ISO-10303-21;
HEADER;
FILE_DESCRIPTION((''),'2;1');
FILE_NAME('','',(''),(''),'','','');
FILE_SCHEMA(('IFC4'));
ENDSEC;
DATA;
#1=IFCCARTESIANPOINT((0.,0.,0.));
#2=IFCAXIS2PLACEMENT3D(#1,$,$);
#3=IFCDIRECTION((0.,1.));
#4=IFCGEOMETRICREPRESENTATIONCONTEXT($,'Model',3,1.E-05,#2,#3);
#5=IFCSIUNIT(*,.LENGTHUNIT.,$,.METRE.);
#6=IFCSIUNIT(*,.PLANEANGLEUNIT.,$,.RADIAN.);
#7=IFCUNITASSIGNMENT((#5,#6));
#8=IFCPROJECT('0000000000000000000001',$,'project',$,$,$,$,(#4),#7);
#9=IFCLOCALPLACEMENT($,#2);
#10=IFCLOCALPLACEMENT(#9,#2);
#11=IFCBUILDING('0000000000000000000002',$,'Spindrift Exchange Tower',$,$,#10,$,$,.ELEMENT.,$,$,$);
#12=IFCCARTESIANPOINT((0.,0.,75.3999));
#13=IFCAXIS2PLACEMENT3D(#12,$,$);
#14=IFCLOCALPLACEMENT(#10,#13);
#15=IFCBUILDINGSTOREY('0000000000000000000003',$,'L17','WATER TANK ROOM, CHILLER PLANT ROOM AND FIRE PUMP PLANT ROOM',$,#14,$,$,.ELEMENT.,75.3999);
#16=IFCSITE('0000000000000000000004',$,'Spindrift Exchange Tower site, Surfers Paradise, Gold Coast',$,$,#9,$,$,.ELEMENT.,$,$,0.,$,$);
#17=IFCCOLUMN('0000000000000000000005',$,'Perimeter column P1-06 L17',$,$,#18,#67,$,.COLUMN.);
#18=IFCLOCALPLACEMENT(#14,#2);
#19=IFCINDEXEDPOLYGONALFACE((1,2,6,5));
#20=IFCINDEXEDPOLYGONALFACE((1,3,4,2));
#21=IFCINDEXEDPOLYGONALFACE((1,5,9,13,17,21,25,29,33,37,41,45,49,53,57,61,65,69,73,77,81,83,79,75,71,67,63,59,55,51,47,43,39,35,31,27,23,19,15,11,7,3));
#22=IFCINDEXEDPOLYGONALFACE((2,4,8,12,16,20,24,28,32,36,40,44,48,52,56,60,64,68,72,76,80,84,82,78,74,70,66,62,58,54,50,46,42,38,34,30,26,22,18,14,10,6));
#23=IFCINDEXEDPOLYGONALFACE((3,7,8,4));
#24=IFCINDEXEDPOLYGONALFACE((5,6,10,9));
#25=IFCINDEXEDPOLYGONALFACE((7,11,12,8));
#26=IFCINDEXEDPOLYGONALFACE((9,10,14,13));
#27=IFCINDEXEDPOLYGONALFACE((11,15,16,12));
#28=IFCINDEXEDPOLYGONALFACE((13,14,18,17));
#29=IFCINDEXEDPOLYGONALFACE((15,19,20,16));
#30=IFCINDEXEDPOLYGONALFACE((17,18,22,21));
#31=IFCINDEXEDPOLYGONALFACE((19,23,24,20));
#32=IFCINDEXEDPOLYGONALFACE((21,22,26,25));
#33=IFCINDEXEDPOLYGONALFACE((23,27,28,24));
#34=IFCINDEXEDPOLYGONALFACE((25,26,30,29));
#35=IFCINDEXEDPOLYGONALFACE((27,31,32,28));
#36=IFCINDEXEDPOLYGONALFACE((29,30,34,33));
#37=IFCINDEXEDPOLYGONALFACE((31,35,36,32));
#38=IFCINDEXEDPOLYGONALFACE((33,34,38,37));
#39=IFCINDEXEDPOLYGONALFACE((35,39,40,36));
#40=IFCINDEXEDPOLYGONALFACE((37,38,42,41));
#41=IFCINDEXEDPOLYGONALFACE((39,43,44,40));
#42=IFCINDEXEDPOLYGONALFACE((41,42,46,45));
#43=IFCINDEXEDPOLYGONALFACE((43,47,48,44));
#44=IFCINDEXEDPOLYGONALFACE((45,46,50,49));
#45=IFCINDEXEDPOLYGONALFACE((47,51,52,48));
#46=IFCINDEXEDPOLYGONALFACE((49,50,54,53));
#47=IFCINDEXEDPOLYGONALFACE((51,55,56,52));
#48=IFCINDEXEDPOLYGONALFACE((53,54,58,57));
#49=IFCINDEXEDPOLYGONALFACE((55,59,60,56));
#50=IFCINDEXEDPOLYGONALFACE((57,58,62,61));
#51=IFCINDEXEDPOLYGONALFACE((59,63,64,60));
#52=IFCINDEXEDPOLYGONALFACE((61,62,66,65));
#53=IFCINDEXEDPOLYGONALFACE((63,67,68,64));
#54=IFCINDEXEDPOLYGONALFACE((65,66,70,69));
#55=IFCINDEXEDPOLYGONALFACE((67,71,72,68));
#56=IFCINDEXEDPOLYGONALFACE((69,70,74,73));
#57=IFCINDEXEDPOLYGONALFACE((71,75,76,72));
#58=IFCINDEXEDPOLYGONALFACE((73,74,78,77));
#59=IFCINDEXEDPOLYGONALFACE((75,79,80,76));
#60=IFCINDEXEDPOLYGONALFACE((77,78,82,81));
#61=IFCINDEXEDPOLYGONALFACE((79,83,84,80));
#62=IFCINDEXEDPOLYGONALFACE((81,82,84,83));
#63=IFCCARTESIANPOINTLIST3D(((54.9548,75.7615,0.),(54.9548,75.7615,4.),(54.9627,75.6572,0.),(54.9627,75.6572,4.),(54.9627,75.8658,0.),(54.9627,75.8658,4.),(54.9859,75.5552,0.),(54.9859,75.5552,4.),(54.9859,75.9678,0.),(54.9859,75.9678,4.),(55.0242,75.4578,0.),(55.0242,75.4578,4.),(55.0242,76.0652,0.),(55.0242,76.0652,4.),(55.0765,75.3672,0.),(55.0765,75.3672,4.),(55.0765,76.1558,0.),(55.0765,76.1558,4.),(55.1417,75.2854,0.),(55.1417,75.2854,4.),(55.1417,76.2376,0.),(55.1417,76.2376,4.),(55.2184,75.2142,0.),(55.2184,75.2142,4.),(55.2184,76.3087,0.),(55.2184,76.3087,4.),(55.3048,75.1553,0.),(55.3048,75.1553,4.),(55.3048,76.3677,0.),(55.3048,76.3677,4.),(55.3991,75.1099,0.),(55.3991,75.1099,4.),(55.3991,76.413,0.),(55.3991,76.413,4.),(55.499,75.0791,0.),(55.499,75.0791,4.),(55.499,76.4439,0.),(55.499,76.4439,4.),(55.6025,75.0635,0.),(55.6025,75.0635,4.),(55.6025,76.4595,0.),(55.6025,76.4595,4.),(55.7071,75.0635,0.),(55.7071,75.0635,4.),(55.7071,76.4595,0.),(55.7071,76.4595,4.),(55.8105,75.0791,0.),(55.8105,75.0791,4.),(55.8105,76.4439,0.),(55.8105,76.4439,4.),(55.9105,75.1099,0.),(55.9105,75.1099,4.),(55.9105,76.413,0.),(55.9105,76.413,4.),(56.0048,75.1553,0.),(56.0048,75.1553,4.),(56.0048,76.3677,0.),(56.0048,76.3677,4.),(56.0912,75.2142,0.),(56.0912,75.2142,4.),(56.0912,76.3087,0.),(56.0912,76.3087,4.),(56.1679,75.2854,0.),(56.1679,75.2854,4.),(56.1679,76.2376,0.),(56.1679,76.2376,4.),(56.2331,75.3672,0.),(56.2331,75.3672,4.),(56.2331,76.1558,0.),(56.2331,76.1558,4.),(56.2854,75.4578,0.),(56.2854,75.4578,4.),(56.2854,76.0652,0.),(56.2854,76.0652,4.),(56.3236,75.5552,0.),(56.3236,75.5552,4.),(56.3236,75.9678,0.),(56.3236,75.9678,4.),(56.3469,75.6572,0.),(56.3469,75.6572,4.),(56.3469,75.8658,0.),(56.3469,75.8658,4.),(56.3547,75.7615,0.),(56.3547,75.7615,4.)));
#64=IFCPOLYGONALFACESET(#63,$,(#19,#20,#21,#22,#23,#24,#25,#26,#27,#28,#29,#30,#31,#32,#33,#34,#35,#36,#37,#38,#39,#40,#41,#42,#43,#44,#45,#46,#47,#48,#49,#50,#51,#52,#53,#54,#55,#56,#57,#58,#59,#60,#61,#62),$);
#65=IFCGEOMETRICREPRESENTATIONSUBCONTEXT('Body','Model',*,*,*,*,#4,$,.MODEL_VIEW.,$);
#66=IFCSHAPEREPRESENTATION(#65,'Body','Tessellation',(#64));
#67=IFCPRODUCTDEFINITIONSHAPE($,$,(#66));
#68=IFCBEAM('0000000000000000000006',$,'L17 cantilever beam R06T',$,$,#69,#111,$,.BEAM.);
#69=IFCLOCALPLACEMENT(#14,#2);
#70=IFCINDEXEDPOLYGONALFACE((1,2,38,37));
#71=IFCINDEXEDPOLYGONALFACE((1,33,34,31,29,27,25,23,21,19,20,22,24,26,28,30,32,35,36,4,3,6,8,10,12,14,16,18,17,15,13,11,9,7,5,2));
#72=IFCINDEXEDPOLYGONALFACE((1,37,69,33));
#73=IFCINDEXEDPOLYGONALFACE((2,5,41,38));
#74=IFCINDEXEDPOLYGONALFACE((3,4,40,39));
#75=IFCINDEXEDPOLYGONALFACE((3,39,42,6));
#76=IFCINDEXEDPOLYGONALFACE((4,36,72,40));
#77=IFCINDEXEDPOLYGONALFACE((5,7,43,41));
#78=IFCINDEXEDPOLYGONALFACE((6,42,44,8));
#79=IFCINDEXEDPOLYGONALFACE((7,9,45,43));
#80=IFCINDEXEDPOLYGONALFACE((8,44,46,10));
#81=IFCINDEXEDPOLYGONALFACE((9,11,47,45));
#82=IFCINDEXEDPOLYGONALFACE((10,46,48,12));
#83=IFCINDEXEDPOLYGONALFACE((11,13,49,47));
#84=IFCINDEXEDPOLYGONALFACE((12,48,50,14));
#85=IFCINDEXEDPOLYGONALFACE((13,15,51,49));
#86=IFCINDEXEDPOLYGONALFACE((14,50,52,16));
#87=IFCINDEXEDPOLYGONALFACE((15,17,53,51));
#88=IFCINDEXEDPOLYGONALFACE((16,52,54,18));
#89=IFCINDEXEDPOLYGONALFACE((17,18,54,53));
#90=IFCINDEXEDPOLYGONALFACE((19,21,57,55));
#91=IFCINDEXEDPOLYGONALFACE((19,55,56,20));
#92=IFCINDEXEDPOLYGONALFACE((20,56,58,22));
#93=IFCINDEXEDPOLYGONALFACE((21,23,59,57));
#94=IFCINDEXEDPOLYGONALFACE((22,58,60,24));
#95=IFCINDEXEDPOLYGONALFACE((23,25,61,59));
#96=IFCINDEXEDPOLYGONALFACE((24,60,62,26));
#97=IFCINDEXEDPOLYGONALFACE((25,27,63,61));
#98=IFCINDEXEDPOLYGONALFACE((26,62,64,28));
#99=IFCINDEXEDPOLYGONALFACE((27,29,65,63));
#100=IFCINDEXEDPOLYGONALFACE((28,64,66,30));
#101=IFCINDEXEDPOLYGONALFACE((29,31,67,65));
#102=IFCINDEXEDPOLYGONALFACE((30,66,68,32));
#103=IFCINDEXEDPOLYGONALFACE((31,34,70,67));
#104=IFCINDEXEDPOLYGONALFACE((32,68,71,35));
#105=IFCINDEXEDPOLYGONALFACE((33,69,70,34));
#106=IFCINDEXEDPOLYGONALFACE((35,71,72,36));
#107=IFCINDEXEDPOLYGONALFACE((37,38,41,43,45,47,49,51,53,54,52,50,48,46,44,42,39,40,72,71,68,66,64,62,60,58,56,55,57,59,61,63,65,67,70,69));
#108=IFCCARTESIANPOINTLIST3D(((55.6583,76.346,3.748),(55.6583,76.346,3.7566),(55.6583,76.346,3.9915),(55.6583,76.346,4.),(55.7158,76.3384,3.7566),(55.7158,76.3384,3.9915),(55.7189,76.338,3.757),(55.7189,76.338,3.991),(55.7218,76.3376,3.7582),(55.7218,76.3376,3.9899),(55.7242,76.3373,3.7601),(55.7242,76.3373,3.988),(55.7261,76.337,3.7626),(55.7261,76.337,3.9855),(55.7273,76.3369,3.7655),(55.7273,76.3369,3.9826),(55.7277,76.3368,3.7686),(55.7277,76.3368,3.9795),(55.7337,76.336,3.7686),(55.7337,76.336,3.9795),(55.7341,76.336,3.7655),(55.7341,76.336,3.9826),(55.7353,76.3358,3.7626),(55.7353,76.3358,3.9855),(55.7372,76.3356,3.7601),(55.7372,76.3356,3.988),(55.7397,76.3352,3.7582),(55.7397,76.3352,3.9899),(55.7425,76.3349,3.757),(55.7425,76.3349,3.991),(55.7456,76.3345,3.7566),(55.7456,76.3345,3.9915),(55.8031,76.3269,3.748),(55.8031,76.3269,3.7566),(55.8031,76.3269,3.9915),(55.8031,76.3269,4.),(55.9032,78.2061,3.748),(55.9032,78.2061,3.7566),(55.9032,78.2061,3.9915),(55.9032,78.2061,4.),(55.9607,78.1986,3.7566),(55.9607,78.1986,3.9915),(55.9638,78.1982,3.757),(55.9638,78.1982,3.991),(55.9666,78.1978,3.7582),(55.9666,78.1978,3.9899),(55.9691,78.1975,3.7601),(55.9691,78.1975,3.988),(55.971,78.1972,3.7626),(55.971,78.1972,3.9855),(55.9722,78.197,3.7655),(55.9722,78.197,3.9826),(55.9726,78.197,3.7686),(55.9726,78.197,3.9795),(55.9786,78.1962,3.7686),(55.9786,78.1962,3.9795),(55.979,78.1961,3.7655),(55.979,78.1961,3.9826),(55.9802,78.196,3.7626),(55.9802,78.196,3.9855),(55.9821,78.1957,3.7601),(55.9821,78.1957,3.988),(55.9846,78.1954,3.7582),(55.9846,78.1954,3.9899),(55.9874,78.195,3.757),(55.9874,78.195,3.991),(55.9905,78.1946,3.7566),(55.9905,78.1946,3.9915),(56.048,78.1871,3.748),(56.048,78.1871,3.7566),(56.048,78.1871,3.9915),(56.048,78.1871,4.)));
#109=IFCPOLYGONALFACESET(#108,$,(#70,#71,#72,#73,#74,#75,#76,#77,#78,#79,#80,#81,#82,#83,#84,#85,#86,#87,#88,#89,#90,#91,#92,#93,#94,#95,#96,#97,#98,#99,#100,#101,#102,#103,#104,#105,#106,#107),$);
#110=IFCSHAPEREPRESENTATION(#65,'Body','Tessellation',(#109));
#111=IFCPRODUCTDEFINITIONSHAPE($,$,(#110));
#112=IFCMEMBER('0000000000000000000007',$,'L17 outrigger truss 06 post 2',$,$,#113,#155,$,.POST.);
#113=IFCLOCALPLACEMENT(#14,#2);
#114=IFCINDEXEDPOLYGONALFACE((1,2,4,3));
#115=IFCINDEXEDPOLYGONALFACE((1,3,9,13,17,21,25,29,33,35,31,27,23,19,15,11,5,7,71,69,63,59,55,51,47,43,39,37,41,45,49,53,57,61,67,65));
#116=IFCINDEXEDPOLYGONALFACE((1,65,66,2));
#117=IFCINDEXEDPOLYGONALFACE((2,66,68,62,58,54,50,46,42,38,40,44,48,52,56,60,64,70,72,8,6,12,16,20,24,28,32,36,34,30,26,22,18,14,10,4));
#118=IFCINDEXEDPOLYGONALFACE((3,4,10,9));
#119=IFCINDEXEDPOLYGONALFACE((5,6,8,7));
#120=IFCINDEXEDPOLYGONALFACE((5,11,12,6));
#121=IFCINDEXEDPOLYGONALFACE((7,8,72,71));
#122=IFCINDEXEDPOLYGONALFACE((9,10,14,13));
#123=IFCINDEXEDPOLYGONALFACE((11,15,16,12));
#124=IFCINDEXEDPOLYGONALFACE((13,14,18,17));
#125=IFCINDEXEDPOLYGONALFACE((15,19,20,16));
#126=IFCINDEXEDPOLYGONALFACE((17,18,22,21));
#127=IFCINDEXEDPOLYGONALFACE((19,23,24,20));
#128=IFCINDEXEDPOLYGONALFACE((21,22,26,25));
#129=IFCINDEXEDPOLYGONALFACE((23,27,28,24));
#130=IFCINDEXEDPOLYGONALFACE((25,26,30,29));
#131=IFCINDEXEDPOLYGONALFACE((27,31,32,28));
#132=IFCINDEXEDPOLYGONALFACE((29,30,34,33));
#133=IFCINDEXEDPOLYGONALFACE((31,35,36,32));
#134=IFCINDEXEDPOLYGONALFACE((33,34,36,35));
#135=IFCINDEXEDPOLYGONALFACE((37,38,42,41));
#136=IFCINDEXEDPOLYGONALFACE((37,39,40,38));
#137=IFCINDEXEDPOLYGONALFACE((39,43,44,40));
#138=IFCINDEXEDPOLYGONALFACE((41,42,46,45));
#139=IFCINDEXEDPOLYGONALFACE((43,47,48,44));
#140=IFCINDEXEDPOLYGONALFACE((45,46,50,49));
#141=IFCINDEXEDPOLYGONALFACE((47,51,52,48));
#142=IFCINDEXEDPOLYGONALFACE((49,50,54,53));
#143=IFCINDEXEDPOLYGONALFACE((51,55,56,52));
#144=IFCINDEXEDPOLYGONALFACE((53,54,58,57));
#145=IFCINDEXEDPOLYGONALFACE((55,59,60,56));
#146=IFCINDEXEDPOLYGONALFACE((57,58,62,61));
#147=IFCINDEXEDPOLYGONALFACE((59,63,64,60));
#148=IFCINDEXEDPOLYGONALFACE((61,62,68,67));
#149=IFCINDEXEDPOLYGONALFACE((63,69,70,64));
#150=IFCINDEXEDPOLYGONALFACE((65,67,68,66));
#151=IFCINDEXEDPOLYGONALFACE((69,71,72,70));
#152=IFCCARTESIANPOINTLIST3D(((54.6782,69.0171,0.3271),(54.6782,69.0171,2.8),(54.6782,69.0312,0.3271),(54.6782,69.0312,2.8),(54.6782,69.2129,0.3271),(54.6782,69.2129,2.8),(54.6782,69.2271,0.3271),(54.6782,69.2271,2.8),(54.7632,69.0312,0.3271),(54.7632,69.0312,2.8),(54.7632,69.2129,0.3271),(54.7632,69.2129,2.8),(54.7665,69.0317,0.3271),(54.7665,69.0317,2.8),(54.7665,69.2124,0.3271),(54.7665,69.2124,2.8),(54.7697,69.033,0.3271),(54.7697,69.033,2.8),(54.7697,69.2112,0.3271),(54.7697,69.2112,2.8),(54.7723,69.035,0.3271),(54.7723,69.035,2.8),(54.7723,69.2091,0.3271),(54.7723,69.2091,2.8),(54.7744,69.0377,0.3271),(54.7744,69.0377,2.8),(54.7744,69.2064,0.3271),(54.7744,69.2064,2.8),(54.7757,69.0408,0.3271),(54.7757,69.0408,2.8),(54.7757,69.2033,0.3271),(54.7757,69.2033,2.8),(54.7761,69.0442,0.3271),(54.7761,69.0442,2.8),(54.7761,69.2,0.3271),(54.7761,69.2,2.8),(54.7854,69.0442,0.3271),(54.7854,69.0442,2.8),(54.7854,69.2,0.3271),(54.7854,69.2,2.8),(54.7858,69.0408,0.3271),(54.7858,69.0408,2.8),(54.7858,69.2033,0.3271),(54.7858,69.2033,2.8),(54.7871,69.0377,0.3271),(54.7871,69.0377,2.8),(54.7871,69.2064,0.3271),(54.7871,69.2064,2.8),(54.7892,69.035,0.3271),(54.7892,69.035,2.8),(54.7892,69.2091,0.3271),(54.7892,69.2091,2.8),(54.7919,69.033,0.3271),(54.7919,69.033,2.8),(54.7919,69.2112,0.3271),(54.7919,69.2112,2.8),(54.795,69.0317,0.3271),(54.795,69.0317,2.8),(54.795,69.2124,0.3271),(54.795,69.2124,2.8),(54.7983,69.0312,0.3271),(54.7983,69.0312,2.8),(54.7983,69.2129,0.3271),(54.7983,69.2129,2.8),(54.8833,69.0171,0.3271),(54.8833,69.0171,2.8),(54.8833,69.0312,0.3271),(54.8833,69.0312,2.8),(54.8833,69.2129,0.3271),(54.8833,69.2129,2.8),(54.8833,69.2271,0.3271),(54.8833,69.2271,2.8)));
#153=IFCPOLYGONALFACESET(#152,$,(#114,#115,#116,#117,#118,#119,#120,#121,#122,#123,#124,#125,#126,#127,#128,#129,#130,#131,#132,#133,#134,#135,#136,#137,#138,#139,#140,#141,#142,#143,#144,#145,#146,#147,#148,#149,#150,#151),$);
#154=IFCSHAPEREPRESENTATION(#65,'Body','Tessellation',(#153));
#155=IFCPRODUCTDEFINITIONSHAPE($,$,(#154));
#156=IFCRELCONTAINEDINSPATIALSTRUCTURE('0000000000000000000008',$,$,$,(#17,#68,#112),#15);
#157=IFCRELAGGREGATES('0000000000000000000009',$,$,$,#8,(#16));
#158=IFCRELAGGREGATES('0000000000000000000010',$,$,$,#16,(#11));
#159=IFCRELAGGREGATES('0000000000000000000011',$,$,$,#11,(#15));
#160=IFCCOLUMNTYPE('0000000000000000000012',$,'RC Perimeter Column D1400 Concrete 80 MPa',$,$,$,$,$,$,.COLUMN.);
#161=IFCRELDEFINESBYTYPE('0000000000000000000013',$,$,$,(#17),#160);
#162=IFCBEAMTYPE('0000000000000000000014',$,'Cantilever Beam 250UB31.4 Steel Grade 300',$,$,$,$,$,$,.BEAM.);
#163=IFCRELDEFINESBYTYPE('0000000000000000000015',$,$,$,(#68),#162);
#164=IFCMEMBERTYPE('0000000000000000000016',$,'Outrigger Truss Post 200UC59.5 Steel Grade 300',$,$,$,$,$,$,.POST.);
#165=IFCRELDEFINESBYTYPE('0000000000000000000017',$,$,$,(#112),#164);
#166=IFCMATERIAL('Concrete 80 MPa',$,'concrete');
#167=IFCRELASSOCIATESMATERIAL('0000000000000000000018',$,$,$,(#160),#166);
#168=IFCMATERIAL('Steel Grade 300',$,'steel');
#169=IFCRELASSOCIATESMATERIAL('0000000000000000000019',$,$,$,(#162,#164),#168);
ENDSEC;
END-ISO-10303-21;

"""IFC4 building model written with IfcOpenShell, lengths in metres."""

from ifc_helpers import new_model, si_unit, direction, frame, origin, origin_2d, place, context, subcontext, project, spatial, circle, i_section, extrude, source, transform, mapped, material, material_profile, profile_set, type_object, element, save


model = new_model("IFC4")

# Units and contexts
model_context = context("Model", 3, precision=1e-05, world=origin(), true_north=direction((0.0, 1.0)))
body_context = subcontext(model_context, "Body", "Model", "MODEL_VIEW")
ifc_project = project(units=[si_unit("LENGTHUNIT", "METRE"), si_unit("PLANEANGLEUNIT", "RADIAN")], contexts=[model_context])

# Site, building, storey
site_placement = place(None, origin())
site = spatial("IfcSite", under=ifc_project, at=site_placement, Name="Spindrift Exchange Tower site, Surfers Paradise, Gold Coast", CompositionType="ELEMENT", RefElevation=0.0)
building_placement = place(site_placement, origin())
building = spatial("IfcBuilding", under=site, at=building_placement, Name="Spindrift Exchange Tower", CompositionType="ELEMENT")
storey_placement = place(building_placement, frame((0.0, 0.0, 75.3999)))
storey = spatial("IfcBuildingStorey", under=building, at=storey_placement, Name="L17", Description="WATER TANK ROOM, CHILLER PLANT ROOM AND FIRE PUMP PLANT ROOM", CompositionType="ELEMENT", Elevation=75.3999)

# Column
ifc_material_1 = material(Name="Concrete 80 MPa", Category="concrete")
ifc_material_profile_1 = material_profile(ifc_material_1, circle(Radius=0.7, at=origin_2d()), Name="RC D1400")
ifc_profile_set_1 = profile_set([ifc_material_profile_1], Name="Concrete 80 MPa")
column_type = type_object("IfcColumnType", Name="RC Perimeter Column D1400 Concrete 80 MPa", PredefinedType="COLUMN", material=ifc_profile_set_1)
shared_shape_1 = source(origin(), body_context, "Body", "SweptSolid", [
    extrude(circle(Radius=0.7, at=origin_2d()), origin(), (0.0, 0.0, 1.0), 4.0),
])
column_placement = place(storey_placement, frame((55.6548, 75.7615, 0.0), z_axis=(0.0, 0.0, 1.0), x_axis=(1.0, 0.0, 0.0)))
element("IfcColumn", 1, at=column_placement, inside=storey, type_object=column_type, Name="Perimeter column P1-06 L17", PredefinedType="COLUMN", context=body_context, shape_type="MappedRepresentation", body=[
    mapped(shared_shape_1, transform((0.0, 0.0, 0.0), scale=1.0)),
])

# Beam
ifc_material_2 = material(Name="Steel Grade 300", Category="steel")
ifc_material_profile_2 = material_profile(ifc_material_2, i_section(OverallWidth=0.146, OverallDepth=0.252, WebThickness=0.0061, FlangeThickness=0.0085, FilletRadius=0.012, at=origin_2d()), Name="250UB31.4")
ifc_profile_set_2 = profile_set([ifc_material_profile_2], Name="Steel Grade 300")
beam_type_1 = type_object("IfcBeamType", Name="Cantilever Beam 250UB31.4 Steel Grade 300", PredefinedType="BEAM", material=ifc_profile_set_2)
shared_shape_2 = source(origin(), body_context, "Body", "SweptSolid", [
    extrude(i_section(OverallWidth=0.146, OverallDepth=0.252, WebThickness=0.0061, FlangeThickness=0.0085, FilletRadius=0.012, at=origin_2d()), origin(), (0.0, 0.0, 1.0), 1.8762),
])
beam_1_placement = place(storey_placement, frame((55.7307, 76.3364, 3.874), z_axis=(0.130518, 0.991446, 0.0), x_axis=(-0.991446, 0.130518, 0.0)))
element("IfcBeam", 2, at=beam_1_placement, inside=storey, type_object=beam_type_1, Name="L17 cantilever beam R06T", PredefinedType="BEAM", context=body_context, shape_type="MappedRepresentation", body=[
    mapped(shared_shape_2, transform((0.0, 0.0, 0.0), scale=1.0)),
])

# Member
ifc_material_profile_3 = material_profile(ifc_material_2, i_section(OverallWidth=0.2051, OverallDepth=0.21, WebThickness=0.0093, FlangeThickness=0.0142, FilletRadius=0.0129, at=origin_2d()), Name="200UC59.5")
ifc_profile_set_3 = profile_set([ifc_material_profile_3], Name="Steel Grade 300")
member_type_1 = type_object("IfcMemberType", Name="Outrigger Truss Post 200UC59.5 Steel Grade 300", PredefinedType="POST", material=ifc_profile_set_3)
shared_shape_3 = source(origin(), body_context, "Body", "SweptSolid", [
    extrude(i_section(OverallWidth=0.2051, OverallDepth=0.21, WebThickness=0.0093, FlangeThickness=0.0142, FilletRadius=0.0129, at=origin_2d()), origin(), (0.0, 0.0, 1.0), 2.4729),
])
for number, where, z_axis, x_axis, name in (
    (3, (54.7808, 69.1221, 0.3271), (0.0, 0.0, 1.0), (1.0, 0.0, 0.0), "L17 outrigger truss 06 post 2"),
):
    element("IfcMember", number, at=place(storey_placement, frame(where, z_axis=z_axis, x_axis=x_axis)), inside=storey, type_object=member_type_1, Name=name, PredefinedType="POST", context=body_context, shape_type="MappedRepresentation", body=[
        mapped(shared_shape_3, transform((0.0, 0.0, 0.0), scale=1.0)),
    ])

save(model, "model.ifc")
